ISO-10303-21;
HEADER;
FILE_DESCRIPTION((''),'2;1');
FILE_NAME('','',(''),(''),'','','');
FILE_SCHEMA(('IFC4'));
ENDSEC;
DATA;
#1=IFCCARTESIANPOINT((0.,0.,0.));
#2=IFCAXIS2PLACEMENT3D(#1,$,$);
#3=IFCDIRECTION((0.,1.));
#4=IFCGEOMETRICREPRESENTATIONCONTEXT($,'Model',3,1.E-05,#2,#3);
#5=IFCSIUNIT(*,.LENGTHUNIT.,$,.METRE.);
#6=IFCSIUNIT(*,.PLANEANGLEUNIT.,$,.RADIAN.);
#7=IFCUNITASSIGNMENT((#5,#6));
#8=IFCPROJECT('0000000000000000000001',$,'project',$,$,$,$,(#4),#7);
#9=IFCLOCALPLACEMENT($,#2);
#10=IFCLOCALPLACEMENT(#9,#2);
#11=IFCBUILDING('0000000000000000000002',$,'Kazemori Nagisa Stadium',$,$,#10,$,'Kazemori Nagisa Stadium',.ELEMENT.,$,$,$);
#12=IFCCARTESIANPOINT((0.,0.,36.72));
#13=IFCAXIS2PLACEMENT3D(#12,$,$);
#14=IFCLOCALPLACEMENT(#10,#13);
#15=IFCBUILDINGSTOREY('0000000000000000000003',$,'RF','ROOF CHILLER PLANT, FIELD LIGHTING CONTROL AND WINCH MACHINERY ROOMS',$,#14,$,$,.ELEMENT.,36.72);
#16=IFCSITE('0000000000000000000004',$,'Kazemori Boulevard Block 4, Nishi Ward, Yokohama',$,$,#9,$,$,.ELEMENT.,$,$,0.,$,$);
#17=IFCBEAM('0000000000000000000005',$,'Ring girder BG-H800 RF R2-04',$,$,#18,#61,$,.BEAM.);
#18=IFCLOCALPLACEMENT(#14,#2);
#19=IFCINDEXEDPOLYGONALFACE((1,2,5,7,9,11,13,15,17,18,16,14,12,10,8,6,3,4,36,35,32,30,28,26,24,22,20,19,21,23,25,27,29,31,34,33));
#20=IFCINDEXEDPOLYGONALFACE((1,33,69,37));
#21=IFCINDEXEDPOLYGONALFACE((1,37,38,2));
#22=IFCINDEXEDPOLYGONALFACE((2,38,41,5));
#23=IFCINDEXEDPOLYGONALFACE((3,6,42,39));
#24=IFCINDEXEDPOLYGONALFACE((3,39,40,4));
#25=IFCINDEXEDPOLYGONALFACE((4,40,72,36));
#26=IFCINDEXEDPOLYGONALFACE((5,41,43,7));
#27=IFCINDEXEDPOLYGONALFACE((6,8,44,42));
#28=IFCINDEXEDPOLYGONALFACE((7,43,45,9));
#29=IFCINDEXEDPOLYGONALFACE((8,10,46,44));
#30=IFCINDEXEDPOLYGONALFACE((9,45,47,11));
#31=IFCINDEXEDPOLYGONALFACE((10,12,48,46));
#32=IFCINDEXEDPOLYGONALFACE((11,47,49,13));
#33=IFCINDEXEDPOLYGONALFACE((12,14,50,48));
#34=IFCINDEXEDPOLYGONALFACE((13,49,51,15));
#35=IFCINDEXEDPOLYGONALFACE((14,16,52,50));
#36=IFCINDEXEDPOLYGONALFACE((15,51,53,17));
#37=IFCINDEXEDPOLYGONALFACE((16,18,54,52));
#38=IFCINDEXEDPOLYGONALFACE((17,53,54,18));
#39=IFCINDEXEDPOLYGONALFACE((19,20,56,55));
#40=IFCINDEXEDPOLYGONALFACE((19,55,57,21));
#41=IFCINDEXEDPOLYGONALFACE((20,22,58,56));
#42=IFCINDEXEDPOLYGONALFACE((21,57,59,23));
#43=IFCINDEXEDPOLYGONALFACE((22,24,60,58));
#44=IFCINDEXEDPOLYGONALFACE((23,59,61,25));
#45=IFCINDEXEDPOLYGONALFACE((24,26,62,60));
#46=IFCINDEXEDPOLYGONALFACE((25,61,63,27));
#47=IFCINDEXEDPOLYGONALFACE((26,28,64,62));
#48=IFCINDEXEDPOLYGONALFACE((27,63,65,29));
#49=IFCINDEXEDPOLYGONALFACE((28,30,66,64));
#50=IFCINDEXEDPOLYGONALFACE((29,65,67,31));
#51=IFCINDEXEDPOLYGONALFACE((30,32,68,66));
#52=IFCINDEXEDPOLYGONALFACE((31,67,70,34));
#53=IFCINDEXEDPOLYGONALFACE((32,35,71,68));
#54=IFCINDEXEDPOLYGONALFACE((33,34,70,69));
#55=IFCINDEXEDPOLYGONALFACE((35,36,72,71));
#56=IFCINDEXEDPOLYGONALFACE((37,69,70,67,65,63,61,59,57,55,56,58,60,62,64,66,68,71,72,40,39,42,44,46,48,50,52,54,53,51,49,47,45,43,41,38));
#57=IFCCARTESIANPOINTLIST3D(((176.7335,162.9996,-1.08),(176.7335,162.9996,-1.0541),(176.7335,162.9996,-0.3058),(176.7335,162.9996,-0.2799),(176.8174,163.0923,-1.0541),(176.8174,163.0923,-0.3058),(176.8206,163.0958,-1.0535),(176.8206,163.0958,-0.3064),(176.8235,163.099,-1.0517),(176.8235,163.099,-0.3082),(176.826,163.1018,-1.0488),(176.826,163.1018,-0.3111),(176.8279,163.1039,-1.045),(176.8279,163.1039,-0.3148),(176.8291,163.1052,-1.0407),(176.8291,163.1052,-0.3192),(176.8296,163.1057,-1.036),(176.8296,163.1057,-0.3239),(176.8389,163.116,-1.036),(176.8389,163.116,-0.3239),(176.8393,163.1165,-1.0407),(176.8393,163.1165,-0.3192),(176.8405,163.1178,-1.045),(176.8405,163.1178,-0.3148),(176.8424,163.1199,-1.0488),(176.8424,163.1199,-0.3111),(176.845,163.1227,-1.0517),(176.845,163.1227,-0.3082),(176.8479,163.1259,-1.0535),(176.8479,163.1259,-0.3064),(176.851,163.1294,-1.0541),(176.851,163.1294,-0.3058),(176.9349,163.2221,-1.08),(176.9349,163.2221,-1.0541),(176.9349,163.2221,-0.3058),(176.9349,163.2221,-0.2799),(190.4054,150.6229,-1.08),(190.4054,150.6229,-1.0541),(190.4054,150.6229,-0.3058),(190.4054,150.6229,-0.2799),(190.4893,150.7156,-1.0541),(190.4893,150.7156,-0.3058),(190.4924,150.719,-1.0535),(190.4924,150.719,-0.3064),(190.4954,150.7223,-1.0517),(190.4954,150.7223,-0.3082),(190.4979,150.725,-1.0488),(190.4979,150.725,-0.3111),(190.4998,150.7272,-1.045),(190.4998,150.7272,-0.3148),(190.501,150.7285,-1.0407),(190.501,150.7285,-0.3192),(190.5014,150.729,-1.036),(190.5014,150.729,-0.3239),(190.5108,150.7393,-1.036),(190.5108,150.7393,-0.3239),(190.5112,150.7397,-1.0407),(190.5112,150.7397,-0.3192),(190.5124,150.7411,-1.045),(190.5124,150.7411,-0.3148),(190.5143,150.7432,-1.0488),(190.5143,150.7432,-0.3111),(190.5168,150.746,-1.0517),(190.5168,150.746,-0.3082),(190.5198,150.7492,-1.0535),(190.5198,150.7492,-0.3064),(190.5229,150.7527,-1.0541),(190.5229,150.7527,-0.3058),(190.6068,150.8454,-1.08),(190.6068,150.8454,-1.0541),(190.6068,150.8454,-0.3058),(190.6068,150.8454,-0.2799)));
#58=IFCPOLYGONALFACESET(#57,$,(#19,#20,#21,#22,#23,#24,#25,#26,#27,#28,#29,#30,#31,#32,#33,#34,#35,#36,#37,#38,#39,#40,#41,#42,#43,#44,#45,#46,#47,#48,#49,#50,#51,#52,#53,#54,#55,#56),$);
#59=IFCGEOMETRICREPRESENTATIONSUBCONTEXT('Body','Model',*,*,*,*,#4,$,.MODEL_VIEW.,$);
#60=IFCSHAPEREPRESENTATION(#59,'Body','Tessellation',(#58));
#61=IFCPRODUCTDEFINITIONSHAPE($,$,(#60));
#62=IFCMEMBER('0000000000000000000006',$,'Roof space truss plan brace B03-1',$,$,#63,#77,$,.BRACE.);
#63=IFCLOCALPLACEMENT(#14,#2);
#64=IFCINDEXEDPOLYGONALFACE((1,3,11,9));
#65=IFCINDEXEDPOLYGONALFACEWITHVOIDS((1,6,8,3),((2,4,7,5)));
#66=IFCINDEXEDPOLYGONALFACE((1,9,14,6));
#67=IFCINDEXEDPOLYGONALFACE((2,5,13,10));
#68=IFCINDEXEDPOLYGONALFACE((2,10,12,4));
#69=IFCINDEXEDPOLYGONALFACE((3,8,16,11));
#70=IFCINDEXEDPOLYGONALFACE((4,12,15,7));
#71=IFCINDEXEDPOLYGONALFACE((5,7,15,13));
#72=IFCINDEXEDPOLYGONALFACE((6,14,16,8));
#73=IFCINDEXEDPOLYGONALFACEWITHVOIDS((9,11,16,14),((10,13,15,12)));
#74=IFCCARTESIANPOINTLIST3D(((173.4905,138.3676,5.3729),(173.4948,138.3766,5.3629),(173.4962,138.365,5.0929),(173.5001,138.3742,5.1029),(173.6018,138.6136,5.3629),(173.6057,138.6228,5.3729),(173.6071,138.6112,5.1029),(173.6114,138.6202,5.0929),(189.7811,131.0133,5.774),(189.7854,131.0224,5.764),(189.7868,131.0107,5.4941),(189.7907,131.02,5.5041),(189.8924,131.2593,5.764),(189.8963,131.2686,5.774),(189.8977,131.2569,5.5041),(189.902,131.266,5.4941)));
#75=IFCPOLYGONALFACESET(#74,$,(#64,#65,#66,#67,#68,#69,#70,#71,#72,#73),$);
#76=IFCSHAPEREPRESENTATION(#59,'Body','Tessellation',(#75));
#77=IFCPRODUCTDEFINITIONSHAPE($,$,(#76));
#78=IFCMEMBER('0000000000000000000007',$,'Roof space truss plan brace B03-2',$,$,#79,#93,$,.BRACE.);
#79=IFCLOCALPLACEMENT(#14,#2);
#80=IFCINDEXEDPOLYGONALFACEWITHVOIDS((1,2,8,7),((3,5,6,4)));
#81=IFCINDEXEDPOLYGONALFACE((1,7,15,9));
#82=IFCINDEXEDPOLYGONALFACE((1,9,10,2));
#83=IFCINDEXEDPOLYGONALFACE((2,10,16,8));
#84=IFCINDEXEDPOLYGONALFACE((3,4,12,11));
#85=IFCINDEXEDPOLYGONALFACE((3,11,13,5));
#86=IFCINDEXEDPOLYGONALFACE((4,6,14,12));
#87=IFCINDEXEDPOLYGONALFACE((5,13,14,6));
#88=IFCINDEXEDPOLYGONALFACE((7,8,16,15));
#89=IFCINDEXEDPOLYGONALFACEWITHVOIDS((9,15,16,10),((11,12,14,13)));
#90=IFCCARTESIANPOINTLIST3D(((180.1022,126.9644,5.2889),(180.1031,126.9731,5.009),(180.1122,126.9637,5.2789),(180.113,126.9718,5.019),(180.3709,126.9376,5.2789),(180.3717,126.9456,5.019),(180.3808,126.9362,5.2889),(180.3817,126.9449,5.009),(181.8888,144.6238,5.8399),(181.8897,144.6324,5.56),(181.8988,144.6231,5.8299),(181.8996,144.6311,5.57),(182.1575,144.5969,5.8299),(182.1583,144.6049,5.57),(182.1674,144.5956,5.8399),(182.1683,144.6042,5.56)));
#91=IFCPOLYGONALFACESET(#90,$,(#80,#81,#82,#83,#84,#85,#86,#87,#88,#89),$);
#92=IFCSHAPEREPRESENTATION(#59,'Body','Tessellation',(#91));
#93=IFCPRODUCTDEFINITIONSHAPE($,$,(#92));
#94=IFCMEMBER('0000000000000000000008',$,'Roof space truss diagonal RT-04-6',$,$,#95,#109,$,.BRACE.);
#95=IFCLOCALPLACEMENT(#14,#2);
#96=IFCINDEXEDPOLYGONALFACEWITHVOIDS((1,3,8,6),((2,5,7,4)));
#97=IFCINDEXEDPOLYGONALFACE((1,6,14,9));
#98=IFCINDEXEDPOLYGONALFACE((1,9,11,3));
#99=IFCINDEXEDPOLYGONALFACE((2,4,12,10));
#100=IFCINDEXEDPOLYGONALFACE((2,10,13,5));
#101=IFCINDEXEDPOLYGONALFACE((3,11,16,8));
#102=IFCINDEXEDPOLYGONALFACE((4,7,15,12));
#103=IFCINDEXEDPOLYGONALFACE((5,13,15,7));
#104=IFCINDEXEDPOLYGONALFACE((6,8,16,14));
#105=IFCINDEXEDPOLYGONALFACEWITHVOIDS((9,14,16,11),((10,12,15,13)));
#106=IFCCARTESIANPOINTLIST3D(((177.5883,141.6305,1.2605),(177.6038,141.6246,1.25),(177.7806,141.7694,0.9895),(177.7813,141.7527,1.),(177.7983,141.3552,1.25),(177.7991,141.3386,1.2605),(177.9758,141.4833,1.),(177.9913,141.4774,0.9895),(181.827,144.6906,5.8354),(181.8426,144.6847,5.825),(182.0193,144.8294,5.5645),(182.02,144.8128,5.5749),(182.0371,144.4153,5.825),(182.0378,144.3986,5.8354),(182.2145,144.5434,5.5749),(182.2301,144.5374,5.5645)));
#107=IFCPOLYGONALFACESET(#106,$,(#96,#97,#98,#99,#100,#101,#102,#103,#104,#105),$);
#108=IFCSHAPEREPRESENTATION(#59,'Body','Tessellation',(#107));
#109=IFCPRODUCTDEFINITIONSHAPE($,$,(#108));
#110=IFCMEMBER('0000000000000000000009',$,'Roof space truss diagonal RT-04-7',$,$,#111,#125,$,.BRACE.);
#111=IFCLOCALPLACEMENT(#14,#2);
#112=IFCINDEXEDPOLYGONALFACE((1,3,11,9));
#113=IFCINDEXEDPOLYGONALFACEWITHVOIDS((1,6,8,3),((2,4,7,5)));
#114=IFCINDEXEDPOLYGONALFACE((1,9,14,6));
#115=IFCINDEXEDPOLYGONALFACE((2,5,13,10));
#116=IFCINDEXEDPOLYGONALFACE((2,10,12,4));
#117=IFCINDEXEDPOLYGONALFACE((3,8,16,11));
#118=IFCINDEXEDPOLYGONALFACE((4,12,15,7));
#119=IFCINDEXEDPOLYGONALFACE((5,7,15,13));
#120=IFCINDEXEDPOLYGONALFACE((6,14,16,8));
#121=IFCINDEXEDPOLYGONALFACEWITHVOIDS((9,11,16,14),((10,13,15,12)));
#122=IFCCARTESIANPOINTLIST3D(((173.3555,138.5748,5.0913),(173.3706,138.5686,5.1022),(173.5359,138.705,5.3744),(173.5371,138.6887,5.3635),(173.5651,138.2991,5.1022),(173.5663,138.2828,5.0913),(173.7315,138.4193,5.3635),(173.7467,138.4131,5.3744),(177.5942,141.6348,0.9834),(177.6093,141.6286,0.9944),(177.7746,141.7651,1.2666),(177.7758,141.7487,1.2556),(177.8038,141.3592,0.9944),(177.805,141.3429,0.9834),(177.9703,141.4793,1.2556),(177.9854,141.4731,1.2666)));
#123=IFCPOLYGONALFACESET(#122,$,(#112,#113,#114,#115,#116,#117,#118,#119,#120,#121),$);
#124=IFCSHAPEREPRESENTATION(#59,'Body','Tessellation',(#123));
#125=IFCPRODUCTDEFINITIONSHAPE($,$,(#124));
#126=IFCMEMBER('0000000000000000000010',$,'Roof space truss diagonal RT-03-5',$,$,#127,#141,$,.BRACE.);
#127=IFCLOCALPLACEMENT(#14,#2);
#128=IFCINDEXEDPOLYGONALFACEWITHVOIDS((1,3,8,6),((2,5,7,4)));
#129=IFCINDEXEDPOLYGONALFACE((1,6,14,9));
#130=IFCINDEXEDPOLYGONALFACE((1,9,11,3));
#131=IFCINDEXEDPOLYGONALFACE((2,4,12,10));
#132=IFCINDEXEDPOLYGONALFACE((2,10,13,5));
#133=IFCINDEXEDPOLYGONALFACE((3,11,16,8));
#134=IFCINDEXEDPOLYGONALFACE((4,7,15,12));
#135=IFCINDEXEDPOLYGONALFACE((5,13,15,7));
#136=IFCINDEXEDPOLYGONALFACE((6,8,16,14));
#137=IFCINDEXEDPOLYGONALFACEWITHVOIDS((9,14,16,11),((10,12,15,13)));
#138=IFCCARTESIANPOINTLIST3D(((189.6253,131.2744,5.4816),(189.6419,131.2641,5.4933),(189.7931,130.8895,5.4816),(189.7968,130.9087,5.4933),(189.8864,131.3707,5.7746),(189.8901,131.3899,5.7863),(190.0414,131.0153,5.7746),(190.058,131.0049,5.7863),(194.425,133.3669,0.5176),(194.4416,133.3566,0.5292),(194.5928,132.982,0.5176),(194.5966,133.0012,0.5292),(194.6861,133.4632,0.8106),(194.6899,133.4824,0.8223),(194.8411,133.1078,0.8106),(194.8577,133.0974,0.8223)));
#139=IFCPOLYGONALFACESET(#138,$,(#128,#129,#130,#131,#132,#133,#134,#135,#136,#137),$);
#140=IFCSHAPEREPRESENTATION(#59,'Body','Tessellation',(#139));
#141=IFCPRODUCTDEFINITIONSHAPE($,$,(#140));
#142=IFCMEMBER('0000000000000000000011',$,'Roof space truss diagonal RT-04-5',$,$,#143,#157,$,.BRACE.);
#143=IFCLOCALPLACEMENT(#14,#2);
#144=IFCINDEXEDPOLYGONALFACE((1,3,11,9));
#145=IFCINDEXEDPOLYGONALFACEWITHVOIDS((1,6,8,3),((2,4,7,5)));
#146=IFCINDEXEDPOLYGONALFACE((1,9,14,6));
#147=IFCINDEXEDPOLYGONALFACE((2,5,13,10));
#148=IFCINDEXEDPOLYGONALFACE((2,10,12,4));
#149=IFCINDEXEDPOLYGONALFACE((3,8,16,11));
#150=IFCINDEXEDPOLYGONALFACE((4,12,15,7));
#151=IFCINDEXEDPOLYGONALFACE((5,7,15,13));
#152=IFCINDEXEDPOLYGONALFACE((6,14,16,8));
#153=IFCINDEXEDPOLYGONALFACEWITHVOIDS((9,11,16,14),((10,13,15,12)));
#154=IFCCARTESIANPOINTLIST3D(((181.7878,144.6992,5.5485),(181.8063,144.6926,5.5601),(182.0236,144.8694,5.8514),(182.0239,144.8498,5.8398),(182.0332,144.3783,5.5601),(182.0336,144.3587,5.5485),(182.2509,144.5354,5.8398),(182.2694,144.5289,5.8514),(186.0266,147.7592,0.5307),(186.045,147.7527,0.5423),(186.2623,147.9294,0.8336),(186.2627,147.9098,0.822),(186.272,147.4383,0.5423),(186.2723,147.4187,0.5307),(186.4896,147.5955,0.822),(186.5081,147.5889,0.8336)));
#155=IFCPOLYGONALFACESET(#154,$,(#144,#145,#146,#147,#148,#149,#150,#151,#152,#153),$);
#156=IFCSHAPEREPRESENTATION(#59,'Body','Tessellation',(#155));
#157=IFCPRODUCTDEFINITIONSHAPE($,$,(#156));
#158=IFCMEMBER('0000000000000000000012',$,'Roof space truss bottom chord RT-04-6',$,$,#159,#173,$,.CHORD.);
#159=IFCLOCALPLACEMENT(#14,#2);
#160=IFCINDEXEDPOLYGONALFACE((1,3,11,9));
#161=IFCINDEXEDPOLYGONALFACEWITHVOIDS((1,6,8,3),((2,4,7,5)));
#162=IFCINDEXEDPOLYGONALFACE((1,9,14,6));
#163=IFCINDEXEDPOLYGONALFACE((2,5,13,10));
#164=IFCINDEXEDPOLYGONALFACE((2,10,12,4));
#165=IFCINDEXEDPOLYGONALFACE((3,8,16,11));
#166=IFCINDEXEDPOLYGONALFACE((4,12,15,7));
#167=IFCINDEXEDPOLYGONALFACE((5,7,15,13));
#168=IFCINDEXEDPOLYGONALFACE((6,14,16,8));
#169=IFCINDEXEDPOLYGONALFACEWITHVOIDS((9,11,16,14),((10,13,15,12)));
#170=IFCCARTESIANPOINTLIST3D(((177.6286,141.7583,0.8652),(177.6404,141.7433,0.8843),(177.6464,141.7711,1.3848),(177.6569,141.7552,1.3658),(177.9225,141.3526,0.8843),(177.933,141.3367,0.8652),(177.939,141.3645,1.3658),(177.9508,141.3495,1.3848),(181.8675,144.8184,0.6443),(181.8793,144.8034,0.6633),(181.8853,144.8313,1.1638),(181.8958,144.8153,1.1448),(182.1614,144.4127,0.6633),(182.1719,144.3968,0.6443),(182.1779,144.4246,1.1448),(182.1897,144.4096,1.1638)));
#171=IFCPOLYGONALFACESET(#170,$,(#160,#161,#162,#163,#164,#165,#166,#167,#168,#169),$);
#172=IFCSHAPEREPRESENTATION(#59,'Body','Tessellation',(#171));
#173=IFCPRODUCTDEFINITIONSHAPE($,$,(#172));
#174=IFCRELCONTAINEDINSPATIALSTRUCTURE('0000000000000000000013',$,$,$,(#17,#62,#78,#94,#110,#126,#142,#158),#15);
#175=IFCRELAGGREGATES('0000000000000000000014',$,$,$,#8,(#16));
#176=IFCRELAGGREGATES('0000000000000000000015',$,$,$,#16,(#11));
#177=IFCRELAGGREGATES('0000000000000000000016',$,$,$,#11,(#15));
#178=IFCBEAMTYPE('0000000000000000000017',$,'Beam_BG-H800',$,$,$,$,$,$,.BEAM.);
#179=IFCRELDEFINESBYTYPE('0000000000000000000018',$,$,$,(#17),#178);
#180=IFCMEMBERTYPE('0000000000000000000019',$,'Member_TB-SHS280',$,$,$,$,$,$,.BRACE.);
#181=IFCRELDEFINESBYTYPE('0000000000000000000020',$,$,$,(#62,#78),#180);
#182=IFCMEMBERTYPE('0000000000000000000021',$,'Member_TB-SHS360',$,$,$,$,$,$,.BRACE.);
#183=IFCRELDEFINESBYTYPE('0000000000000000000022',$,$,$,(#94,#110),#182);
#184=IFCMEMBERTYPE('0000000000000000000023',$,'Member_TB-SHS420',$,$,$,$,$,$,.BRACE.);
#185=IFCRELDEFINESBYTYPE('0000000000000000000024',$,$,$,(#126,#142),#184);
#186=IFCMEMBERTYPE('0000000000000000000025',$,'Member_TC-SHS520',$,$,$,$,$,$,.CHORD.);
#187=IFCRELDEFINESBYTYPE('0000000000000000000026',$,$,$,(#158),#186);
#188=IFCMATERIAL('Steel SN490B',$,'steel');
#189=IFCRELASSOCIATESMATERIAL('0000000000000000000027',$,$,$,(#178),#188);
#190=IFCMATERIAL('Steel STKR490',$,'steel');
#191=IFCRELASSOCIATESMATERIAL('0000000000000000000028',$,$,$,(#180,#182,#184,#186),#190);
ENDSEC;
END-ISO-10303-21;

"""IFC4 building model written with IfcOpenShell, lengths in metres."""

from ifc_helpers import new_model, si_unit, direction, frame, origin, origin_2d, place, context, subcontext, project, spatial, hollow_rectangle, i_section, extrude, material, material_profile, profile_set, type_object, element, save


model = new_model("IFC4")

# Units and contexts
model_context = context("Model", 3, precision=1e-05, world=origin(), true_north=direction((0.0, 1.0)))
body_context = subcontext(model_context, "Body", "Model", "MODEL_VIEW")
ifc_project = project(units=[si_unit("LENGTHUNIT", "METRE"), si_unit("PLANEANGLEUNIT", "RADIAN")], contexts=[model_context])

# Site, building, storey
site_placement = place(None, origin())
site = spatial("IfcSite", under=ifc_project, at=site_placement, Name="Kazemori Boulevard Block 4, Nishi Ward, Yokohama", CompositionType="ELEMENT", RefElevation=0.0)
building_placement = place(site_placement, origin())
building = spatial("IfcBuilding", under=site, at=building_placement, Name="Kazemori Nagisa Stadium", LongName="Kazemori Nagisa Stadium", CompositionType="ELEMENT")
storey_placement = place(building_placement, frame((0.0, 0.0, 36.72)))
storey = spatial("IfcBuildingStorey", under=building, at=storey_placement, Name="RF", Description="ROOF CHILLER PLANT, FIELD LIGHTING CONTROL AND WINCH MACHINERY ROOMS", CompositionType="ELEMENT", Elevation=36.72)

# Shared definitions
ifc_material_1 = material(Name="Steel SN490B", Category="steel")

# Beam
ifc_material_profile_1 = material_profile(ifc_material_1, i_section(OverallWidth=0.3, OverallDepth=0.8, WebThickness=0.0139, FlangeThickness=0.0259, FilletRadius=0.0181, at=origin_2d()), Name="H-800x300x14x26")
ifc_profile_set_1 = profile_set([ifc_material_profile_1], Name="Steel SN490B")
beam_type_1 = type_object("IfcBeamType", Name="Beam_BG-H800", PredefinedType="BEAM", material=ifc_profile_set_1)
beam_1_placement = place(storey_placement, frame((190.5061, 150.7341, -0.6799), z_axis=(-0.741349, 0.67112, 0.0), x_axis=(-0.67112, -0.741349, 0.0)))
element("IfcBeam", 1, at=beam_1_placement, inside=storey, type_object=beam_type_1, Name="Ring girder BG-H800 RF R2-04", PredefinedType="BEAM", context=body_context, shape_type="SweptSolid", body=[
    extrude(i_section(OverallWidth=0.3, OverallDepth=0.8, WebThickness=0.0139, FlangeThickness=0.0259, FilletRadius=0.0181, at=origin_2d()), origin(), (0.0, 0.0, 1.0), 18.4419),
])

# Members
ifc_material_2 = material(Name="Steel STKR490", Category="steel")
ifc_material_profile_2 = material_profile(ifc_material_2, hollow_rectangle(XDim=0.28, YDim=0.28, WallThickness=0.01, at=origin_2d()), Name="SHS-280x280x10")
ifc_profile_set_2 = profile_set([ifc_material_profile_2], Name="Steel STKR490")
member_type_1 = type_object("IfcMemberType", Name="Member_TB-SHS280", PredefinedType="BRACE", material=ifc_profile_set_2)
member_1_placement = place(storey_placement, frame((189.8416, 131.1396, 5.634), z_axis=(-0.911199, 0.411355, -0.022437), x_axis=(-0.411458, -0.911429, 0.0)))
element("IfcMember", 2, at=member_1_placement, inside=storey, type_object=member_type_1, Name="Roof space truss plan brace B03-1", PredefinedType="BRACE", context=body_context, shape_type="SweptSolid", body=[
    extrude(hollow_rectangle(XDim=0.28, YDim=0.28, WallThickness=0.01, at=origin_2d()), origin(), (0.0, 0.0, 1.0), 17.8782),
])
member_2_placement = place(storey_placement, frame((182.0286, 144.614, 5.7), z_axis=(-0.100609, -0.994442, -0.031029), x_axis=(0.994921, -0.100657, 0.0)))
element("IfcMember", 3, at=member_2_placement, inside=storey, type_object=member_type_1, Name="Roof space truss plan brace B03-2", PredefinedType="BRACE", context=body_context, shape_type="SweptSolid", body=[
    extrude(hollow_rectangle(XDim=0.28, YDim=0.28, WallThickness=0.01, at=origin_2d()), origin(), (0.0, 0.0, 1.0), 17.7581),
])
ifc_material_profile_3 = material_profile(ifc_material_2, hollow_rectangle(XDim=0.3601, YDim=0.3601, WallThickness=0.0139, at=origin_2d()), Name="SHS-360x360x14")
ifc_profile_set_3 = profile_set([ifc_material_profile_3], Name="Steel STKR490")
member_type_2 = type_object("IfcMemberType", Name="Member_TB-SHS360", PredefinedType="BRACE", material=ifc_profile_set_3)
member_3_placement = place(storey_placement, frame((182.0286, 144.614, 5.7), z_axis=(-0.610155, -0.440484, -0.658547), x_axis=(0.58533, -0.810795, 0.0)))
element("IfcMember", 4, at=member_3_placement, inside=storey, type_object=member_type_2, Name="Roof space truss diagonal RT-04-6", PredefinedType="BRACE", context=body_context, shape_type="SweptSolid", body=[
    extrude(hollow_rectangle(XDim=0.3601, YDim=0.3601, WallThickness=0.0139, at=origin_2d()), origin(), (0.0, 0.0, 1.0), 6.947),
])
member_4_placement = place(storey_placement, frame((177.7898, 141.554, 1.125), z_axis=(-0.637528, -0.460245, 0.617846), x_axis=(0.58533, -0.810795, 0.0)))
element("IfcMember", 5, at=member_4_placement, inside=storey, type_object=member_type_2, Name="Roof space truss diagonal RT-04-7", PredefinedType="BRACE", context=body_context, shape_type="SweptSolid", body=[
    extrude(hollow_rectangle(XDim=0.3601, YDim=0.3601, WallThickness=0.0139, at=origin_2d()), origin(), (0.0, 0.0, 1.0), 6.6487),
])
ifc_material_profile_4 = material_profile(ifc_material_2, hollow_rectangle(XDim=0.4199, YDim=0.4199, WallThickness=0.0161, at=origin_2d()), Name="SHS-420x420x16")
ifc_profile_set_4 = profile_set([ifc_material_profile_4], Name="Steel STKR490")
member_type_3 = type_object("IfcMemberType", Name="Member_TB-SHS420", PredefinedType="BRACE", material=ifc_profile_set_4)
member_5_placement = place(storey_placement, frame((194.6414, 133.2322, 0.6699), z_axis=(-0.665235, -0.290017, 0.688007), x_axis=(0.399635, -0.916675, 0.0)))
element("IfcMember", 6, at=member_5_placement, inside=storey, type_object=member_type_3, Name="Roof space truss diagonal RT-03-5", PredefinedType="BRACE", context=body_context, shape_type="SweptSolid", body=[
    extrude(hollow_rectangle(XDim=0.4199, YDim=0.4199, WallThickness=0.0161, at=origin_2d()), origin(), (0.0, 0.0, 1.0), 7.2151),
])
member_6_placement = place(storey_placement, frame((186.2673, 147.6741, 0.6821), z_axis=(-0.584952, -0.422289, 0.692462), x_axis=(0.58533, -0.810795, 0.0)))
element("IfcMember", 7, at=member_6_placement, inside=storey, type_object=member_type_3, Name="Roof space truss diagonal RT-04-5", PredefinedType="BRACE", context=body_context, shape_type="SweptSolid", body=[
    extrude(hollow_rectangle(XDim=0.4199, YDim=0.4199, WallThickness=0.0161, at=origin_2d()), origin(), (0.0, 0.0, 1.0), 7.2463),
])
ifc_material_profile_5 = material_profile(ifc_material_2, hollow_rectangle(XDim=0.52, YDim=0.52, WallThickness=0.019, at=origin_2d()), Name="SHS-520x520x19")
ifc_profile_set_5 = profile_set([ifc_material_profile_5], Name="Steel STKR490")
member_type_4 = type_object("IfcMemberType", Name="Member_TC-SHS520", PredefinedType="CHORD", material=ifc_profile_set_5)
member_7_placement = place(storey_placement, frame((182.0286, 144.614, 0.9041), z_axis=(-0.810072, -0.584808, 0.042225), x_axis=(0.58533, -0.810795, 0.0)))
element("IfcMember", 8, at=member_7_placement, inside=storey, type_object=member_type_4, Name="Roof space truss bottom chord RT-04-6", PredefinedType="CHORD", context=body_context, shape_type="SweptSolid", body=[
    extrude(hollow_rectangle(XDim=0.52, YDim=0.52, WallThickness=0.019, at=origin_2d()), origin(), (0.0, 0.0, 1.0), 5.2327),
])

save(model, "model.ifc")
